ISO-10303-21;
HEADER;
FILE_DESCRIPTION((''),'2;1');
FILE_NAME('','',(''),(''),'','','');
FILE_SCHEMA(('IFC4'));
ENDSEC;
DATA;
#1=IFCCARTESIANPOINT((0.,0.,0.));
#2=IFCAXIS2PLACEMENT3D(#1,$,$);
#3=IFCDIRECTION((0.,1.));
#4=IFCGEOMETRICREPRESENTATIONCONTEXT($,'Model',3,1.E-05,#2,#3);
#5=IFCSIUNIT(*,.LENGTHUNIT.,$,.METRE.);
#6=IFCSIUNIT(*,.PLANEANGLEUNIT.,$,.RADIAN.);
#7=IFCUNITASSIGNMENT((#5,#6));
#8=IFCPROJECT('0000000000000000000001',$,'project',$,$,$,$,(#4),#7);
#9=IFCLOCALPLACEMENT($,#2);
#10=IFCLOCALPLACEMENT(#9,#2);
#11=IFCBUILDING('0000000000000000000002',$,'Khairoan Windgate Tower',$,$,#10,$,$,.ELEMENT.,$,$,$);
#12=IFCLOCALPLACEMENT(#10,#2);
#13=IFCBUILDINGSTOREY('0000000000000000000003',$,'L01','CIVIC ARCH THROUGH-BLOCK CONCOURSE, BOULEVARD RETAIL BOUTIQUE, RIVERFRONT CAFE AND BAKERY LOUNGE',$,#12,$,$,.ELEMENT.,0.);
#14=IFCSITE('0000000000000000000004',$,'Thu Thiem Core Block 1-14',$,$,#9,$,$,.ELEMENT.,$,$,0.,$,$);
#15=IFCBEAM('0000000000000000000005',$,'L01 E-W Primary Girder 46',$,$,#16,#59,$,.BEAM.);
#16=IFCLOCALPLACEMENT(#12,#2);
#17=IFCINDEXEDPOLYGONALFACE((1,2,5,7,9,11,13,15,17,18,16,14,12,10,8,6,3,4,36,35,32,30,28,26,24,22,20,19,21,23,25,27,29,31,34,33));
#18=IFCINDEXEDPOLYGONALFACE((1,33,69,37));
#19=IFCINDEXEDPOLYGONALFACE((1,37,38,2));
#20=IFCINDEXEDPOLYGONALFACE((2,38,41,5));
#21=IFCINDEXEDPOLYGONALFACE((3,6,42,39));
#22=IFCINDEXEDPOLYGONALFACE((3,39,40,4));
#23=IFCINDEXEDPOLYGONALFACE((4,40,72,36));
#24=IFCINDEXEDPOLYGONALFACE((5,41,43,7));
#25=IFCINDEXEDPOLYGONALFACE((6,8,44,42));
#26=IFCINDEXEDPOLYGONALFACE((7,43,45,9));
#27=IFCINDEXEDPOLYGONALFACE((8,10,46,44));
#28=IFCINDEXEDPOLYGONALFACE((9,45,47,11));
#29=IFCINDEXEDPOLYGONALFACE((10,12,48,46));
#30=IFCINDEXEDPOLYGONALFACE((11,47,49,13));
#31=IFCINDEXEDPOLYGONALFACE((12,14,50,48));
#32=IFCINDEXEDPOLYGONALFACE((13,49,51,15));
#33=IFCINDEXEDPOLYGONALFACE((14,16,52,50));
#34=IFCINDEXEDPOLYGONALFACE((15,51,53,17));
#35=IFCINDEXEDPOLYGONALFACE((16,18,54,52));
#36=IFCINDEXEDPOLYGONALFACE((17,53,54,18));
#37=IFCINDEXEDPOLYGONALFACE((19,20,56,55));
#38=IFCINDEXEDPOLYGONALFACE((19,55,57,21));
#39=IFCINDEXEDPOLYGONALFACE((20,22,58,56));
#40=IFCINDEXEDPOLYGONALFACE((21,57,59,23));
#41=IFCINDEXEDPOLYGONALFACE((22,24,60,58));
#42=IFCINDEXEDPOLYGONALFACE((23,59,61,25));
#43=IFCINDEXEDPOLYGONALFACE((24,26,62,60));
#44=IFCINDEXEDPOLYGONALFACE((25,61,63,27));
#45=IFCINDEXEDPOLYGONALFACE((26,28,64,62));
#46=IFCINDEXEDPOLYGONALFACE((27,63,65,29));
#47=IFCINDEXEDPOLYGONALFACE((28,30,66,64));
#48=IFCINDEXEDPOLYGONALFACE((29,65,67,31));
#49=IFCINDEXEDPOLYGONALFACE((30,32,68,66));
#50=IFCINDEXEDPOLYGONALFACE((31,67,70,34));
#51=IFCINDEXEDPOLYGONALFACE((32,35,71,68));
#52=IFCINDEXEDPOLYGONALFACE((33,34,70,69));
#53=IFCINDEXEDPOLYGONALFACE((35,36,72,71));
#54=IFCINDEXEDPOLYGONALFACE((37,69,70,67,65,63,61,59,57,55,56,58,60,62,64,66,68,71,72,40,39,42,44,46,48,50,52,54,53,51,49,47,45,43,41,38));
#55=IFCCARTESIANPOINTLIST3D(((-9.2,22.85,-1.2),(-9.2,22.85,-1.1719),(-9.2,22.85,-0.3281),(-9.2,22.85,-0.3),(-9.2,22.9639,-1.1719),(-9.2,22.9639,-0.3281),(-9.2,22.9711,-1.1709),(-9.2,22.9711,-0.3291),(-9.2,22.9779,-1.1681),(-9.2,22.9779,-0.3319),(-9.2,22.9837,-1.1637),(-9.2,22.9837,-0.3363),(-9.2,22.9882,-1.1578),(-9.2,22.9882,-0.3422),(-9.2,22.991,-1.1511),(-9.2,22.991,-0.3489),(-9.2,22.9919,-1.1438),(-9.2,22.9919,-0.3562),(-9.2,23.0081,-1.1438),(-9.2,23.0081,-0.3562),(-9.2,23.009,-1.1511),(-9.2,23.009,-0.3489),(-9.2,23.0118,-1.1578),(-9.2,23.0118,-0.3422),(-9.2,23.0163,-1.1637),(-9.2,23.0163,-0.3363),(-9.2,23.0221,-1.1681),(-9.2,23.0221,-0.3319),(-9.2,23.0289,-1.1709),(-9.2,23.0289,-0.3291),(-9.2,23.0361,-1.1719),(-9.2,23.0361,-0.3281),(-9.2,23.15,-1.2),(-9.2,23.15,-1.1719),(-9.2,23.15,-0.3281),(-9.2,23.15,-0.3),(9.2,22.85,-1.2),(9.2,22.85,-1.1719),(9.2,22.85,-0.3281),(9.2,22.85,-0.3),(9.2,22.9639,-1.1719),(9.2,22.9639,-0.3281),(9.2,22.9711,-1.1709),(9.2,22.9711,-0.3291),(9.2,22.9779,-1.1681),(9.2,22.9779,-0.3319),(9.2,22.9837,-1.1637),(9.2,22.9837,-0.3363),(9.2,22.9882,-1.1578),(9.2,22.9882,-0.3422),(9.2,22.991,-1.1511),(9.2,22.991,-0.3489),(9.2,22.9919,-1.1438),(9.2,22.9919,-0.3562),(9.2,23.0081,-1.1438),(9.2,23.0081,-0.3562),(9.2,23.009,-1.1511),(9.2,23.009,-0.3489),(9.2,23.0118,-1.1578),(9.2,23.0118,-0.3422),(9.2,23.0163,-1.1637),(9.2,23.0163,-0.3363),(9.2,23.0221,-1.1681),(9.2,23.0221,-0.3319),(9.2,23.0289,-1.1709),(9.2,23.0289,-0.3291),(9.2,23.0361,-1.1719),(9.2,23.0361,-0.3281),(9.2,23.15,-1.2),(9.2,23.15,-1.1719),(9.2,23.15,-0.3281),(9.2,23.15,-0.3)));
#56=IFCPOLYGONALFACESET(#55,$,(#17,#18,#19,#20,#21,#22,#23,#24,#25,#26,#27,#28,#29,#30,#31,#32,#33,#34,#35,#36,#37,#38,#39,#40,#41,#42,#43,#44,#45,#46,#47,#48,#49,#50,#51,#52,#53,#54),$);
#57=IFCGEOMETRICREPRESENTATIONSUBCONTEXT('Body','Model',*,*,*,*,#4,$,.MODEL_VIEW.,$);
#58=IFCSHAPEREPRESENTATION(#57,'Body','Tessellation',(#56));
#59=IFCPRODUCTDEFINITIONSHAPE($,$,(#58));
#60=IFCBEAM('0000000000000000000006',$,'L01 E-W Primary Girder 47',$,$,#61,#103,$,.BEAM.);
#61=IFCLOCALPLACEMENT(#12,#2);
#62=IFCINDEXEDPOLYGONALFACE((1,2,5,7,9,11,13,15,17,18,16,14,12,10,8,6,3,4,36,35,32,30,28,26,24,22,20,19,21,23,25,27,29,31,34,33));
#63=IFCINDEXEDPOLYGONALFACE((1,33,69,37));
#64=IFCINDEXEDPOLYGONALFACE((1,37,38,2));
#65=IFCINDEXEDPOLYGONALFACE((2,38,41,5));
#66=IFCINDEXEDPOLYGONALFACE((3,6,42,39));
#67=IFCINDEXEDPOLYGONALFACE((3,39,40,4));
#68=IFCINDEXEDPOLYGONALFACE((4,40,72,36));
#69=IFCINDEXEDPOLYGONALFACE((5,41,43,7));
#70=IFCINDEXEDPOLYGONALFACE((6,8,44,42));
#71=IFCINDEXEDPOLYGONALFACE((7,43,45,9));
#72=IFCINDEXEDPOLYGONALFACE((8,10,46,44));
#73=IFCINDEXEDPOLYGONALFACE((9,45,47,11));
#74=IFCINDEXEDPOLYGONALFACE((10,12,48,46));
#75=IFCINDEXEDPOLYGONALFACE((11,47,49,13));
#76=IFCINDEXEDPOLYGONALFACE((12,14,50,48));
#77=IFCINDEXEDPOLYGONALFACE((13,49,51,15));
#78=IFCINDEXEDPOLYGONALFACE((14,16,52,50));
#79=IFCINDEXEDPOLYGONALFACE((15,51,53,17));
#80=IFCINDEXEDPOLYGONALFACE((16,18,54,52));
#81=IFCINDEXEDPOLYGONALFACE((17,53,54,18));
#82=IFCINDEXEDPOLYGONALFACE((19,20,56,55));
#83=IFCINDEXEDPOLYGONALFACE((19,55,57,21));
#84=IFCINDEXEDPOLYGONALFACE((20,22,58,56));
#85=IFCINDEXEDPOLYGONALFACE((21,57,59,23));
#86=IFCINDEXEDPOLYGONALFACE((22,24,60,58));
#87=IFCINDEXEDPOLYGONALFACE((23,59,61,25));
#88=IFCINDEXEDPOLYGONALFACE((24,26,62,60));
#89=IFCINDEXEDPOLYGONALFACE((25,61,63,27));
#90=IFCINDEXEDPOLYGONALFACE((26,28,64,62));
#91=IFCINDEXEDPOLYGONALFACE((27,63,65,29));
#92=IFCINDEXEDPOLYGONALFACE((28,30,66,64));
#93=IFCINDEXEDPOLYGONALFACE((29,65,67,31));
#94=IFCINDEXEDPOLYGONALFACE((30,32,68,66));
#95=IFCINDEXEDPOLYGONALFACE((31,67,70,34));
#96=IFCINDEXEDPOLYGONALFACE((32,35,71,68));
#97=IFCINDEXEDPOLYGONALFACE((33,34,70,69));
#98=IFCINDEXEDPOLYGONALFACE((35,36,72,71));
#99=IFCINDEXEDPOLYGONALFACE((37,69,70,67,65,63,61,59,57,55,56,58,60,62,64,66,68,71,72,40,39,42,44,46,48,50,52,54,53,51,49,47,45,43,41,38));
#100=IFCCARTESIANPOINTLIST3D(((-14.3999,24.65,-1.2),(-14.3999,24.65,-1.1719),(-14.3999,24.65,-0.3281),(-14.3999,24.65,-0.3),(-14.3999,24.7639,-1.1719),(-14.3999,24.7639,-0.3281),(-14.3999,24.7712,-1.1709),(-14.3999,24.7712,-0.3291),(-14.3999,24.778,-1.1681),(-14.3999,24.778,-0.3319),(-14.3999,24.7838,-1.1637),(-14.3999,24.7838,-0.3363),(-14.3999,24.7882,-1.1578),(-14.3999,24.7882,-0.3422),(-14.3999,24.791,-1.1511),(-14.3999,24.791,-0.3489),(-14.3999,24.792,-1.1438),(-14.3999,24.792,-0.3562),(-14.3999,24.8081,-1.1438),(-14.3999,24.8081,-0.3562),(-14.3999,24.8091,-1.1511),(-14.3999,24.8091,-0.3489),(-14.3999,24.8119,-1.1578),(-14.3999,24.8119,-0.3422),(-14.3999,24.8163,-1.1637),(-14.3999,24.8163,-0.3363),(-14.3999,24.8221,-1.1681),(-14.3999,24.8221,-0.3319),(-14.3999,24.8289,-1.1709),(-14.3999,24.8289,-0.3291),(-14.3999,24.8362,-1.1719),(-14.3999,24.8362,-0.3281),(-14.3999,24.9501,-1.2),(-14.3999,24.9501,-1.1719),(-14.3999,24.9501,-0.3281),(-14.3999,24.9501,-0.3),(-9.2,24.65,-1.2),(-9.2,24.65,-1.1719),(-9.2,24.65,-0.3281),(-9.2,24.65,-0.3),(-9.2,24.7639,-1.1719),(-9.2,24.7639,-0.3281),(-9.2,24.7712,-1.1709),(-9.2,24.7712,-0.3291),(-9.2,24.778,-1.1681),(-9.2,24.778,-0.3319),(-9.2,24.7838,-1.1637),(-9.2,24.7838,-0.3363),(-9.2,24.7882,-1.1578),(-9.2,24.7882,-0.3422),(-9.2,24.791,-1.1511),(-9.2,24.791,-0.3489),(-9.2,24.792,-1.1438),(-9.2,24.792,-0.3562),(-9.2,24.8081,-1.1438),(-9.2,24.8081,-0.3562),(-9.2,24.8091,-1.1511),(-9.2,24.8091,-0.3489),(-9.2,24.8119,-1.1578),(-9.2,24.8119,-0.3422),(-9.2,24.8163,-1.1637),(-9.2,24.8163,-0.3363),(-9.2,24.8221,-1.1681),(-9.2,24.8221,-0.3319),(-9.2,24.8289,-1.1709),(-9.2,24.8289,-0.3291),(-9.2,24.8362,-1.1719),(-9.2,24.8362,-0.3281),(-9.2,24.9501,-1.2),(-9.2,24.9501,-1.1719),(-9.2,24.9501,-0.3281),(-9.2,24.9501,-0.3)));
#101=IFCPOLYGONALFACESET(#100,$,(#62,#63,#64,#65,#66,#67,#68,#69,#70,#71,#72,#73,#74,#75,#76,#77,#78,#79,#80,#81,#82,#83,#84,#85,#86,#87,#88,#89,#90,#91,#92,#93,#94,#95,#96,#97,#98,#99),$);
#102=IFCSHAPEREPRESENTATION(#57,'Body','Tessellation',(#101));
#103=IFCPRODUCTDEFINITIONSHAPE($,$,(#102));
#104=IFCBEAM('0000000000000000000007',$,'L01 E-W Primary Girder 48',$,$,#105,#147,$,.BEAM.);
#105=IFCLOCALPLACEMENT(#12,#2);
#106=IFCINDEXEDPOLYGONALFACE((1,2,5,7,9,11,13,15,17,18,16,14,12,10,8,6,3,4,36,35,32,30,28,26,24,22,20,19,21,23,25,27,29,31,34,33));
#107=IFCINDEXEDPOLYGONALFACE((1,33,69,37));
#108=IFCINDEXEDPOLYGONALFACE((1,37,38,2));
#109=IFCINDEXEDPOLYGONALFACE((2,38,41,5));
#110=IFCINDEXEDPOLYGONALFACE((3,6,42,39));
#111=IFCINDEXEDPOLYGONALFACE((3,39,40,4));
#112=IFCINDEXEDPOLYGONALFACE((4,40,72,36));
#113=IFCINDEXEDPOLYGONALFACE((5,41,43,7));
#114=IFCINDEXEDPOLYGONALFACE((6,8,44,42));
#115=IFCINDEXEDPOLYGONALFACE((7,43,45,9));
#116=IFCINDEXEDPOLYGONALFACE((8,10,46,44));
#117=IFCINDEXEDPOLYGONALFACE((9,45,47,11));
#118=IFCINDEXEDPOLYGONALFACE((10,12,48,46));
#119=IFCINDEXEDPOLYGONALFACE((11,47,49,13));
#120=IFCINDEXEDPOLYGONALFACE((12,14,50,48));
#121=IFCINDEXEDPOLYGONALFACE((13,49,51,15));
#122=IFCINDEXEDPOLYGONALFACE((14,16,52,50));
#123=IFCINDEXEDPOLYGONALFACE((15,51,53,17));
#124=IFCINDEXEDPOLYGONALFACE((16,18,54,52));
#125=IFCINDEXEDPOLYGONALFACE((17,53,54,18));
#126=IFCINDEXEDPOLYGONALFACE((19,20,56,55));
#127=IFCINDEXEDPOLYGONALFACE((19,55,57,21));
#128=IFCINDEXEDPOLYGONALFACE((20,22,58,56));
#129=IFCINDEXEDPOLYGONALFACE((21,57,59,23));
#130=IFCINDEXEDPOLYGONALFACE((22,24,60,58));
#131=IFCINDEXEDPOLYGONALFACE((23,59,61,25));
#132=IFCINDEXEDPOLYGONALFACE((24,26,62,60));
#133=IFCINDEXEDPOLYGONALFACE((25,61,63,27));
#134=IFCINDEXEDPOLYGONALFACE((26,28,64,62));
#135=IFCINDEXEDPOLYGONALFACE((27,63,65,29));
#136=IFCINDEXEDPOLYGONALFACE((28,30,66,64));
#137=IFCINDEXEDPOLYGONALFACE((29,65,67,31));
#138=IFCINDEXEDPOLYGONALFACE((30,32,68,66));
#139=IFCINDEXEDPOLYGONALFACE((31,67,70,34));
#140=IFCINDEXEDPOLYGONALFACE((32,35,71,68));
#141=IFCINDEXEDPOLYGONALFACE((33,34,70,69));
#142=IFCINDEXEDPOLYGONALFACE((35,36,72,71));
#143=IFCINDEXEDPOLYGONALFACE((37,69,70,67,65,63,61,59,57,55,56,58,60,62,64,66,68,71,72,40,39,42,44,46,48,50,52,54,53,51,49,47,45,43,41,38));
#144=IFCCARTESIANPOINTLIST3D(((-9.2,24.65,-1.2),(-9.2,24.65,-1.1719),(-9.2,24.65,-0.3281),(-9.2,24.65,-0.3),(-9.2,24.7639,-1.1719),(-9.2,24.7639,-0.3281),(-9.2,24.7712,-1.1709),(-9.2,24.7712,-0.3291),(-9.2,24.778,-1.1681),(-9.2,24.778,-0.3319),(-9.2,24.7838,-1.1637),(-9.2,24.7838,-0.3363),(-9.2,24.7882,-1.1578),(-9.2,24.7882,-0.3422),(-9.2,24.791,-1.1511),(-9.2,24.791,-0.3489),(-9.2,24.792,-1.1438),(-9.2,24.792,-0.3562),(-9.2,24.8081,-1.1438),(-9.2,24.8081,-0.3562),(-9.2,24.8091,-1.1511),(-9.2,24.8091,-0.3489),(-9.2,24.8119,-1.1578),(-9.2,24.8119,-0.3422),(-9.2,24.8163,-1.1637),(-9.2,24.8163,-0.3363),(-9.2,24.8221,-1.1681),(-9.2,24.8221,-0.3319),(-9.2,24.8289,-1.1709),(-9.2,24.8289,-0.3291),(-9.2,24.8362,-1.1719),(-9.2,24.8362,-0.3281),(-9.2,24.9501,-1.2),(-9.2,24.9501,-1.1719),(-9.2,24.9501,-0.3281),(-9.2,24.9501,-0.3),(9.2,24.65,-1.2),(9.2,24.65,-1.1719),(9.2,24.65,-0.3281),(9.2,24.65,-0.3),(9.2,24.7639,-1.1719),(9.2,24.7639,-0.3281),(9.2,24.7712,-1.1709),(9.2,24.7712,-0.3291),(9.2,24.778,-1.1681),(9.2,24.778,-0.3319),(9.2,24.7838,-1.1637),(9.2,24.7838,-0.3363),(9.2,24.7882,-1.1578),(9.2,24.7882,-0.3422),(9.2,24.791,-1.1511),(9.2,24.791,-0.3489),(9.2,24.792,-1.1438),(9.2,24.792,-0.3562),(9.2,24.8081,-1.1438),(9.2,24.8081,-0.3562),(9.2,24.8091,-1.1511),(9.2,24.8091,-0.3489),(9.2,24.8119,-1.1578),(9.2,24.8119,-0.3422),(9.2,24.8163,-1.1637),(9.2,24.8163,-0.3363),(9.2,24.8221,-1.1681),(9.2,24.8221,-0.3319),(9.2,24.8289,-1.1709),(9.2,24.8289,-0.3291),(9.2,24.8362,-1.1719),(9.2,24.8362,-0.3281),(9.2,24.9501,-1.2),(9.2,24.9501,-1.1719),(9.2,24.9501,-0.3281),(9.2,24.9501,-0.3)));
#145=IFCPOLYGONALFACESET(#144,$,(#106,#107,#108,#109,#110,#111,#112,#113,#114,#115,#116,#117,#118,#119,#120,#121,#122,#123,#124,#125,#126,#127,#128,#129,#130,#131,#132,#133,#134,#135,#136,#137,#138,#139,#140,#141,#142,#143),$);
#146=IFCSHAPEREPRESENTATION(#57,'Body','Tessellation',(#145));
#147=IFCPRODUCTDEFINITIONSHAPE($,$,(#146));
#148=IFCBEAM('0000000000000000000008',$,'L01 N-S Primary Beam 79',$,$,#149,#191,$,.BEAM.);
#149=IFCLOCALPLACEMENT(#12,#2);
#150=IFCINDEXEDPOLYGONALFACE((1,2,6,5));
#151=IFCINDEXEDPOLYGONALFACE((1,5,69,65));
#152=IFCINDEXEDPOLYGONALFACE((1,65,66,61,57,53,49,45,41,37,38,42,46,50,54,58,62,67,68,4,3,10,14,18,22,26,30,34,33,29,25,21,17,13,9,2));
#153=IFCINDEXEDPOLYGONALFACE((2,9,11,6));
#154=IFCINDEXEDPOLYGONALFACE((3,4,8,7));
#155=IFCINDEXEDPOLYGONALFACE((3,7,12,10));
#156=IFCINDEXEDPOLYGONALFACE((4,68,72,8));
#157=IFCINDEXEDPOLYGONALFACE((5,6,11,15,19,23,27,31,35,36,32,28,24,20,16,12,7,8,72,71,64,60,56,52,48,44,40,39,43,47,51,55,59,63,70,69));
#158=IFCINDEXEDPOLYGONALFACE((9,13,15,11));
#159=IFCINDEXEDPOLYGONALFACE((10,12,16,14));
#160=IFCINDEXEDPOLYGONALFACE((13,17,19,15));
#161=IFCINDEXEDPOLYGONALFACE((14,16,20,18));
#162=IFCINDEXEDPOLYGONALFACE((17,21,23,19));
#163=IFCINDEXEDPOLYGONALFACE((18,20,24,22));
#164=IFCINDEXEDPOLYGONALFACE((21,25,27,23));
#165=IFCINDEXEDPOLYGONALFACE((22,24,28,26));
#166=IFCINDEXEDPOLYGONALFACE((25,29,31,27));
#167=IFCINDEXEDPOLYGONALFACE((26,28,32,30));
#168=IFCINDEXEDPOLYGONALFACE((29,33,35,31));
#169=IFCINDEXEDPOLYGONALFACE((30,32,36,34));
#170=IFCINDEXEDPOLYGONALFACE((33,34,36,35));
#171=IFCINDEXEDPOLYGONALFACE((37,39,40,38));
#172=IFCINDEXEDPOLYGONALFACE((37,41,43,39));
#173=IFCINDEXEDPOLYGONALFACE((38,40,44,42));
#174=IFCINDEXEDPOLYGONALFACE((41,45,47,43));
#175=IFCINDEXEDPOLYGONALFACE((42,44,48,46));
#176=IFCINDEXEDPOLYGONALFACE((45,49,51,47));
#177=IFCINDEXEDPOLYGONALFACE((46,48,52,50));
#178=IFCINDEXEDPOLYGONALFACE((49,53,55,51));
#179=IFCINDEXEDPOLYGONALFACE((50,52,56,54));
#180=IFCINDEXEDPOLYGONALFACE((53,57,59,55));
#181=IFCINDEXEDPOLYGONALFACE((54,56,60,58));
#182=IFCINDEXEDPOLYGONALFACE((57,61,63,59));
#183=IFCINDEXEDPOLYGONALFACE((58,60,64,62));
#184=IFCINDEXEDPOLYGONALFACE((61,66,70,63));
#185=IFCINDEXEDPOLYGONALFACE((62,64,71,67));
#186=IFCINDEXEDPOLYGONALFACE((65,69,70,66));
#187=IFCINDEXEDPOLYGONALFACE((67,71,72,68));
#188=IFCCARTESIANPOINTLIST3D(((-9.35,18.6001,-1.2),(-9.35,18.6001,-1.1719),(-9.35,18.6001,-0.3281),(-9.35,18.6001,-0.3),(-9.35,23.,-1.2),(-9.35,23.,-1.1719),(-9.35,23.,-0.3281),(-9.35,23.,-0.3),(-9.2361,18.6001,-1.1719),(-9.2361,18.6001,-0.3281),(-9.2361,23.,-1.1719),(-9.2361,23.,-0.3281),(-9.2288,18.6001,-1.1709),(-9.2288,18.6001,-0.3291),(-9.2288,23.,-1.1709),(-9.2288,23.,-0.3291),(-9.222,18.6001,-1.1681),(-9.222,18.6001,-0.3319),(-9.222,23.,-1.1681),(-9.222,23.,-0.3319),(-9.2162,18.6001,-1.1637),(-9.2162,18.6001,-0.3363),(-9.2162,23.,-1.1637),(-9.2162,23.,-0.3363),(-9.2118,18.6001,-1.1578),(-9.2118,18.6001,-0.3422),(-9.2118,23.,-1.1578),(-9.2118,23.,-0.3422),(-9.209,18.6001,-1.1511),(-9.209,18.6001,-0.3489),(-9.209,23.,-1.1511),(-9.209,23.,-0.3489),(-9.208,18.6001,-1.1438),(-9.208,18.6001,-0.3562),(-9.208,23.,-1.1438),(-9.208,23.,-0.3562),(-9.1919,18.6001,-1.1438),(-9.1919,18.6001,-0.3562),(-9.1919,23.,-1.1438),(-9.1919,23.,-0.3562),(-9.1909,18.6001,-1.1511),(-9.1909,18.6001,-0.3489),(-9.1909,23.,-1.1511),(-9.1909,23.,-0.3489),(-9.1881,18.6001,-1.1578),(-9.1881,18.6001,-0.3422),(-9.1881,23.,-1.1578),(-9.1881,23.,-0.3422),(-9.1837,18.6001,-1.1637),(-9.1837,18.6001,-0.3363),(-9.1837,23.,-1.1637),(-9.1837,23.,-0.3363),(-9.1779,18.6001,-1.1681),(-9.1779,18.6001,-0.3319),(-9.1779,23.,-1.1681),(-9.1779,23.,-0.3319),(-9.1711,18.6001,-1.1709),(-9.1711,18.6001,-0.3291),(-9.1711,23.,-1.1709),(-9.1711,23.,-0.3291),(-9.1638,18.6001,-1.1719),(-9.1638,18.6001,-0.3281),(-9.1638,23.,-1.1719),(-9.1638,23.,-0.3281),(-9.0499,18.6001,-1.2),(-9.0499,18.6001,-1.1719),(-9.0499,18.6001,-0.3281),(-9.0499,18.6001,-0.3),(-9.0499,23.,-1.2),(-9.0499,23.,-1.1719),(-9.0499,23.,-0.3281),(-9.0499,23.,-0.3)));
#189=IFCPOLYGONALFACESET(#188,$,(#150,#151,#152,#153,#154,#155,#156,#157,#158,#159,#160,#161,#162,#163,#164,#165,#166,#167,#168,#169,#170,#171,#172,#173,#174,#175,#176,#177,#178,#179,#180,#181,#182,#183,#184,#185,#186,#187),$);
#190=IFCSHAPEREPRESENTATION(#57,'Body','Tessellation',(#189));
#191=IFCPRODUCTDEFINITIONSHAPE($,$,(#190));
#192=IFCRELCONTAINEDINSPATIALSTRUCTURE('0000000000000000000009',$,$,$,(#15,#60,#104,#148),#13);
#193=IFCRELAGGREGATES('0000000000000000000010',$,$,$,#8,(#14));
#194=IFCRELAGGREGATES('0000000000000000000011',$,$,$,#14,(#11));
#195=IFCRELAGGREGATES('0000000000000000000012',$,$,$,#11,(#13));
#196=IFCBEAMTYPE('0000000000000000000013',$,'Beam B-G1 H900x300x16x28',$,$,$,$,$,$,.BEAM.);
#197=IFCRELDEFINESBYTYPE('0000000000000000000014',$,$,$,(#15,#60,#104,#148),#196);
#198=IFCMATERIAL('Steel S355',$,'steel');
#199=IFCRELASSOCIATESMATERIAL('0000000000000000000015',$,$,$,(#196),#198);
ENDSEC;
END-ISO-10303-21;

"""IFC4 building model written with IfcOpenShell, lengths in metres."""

from ifc_helpers import new_model, si_unit, direction, frame, origin, origin_2d, place, context, subcontext, project, spatial, i_section, extrude, material, material_profile, profile_set, type_object, element, save


model = new_model("IFC4")

# Units and contexts
model_context = context("Model", 3, precision=1e-05, world=origin(), true_north=direction((0.0, 1.0)))
body_context = subcontext(model_context, "Body", "Model", "MODEL_VIEW")
ifc_project = project(units=[si_unit("LENGTHUNIT", "METRE"), si_unit("PLANEANGLEUNIT", "RADIAN")], contexts=[model_context])

# Site, building, storey
site_placement = place(None, origin())
site = spatial("IfcSite", under=ifc_project, at=site_placement, Name="Thu Thiem Core Block 1-14", CompositionType="ELEMENT", RefElevation=0.0)
building_placement = place(site_placement, origin())
building = spatial("IfcBuilding", under=site, at=building_placement, Name="Khairoan Windgate Tower", CompositionType="ELEMENT")
storey_placement = place(building_placement, origin())
storey = spatial("IfcBuildingStorey", under=building, at=storey_placement, Name="L01", Description="CIVIC ARCH THROUGH-BLOCK CONCOURSE, BOULEVARD RETAIL BOUTIQUE, RIVERFRONT CAFE AND BAKERY LOUNGE", CompositionType="ELEMENT", Elevation=0.0)

# Beams
ifc_material_1 = material(Name="Steel S355", Category="steel")
ifc_material_profile_1 = material_profile(ifc_material_1, i_section(OverallWidth=0.3, OverallDepth=0.8999, WebThickness=0.0161, FlangeThickness=0.0281, FilletRadius=0.0281, at=origin_2d()))
ifc_profile_set_1 = profile_set([ifc_material_profile_1], Name="Steel S355")
beam_type_1 = type_object("IfcBeamType", Name="Beam B-G1 H900x300x16x28", PredefinedType="BEAM", material=ifc_profile_set_1)
for number, where, z_axis, x_axis, name in (
    (1, (-9.2, 23.0, -0.75), (1.0, 0.0, 0.0), (0.0, 1.0, 0.0), "L01 E-W Primary Girder 46"),
):
    element("IfcBeam", number, at=place(storey_placement, frame(where, z_axis=z_axis, x_axis=x_axis)), inside=storey, type_object=beam_type_1, Name=name, PredefinedType="BEAM", context=body_context, shape_type="SweptSolid", body=[
        extrude(i_section(OverallWidth=0.3, OverallDepth=0.8999, WebThickness=0.0161, FlangeThickness=0.0281, FilletRadius=0.0281, at=origin_2d()), origin(), (0.0, 0.0, 1.0), 18.3999),
    ])
beam_1_placement = place(storey_placement, frame((-14.3999, 24.8, -0.75), z_axis=(1.0, 0.0, 0.0), x_axis=(0.0, 1.0, 0.0)))
element("IfcBeam", 2, at=beam_1_placement, inside=storey, type_object=beam_type_1, Name="L01 E-W Primary Girder 47", PredefinedType="BEAM", context=body_context, shape_type="SweptSolid", body=[
    extrude(i_section(OverallWidth=0.3, OverallDepth=0.8999, WebThickness=0.0161, FlangeThickness=0.0281, FilletRadius=0.0281, at=origin_2d()), origin(), (0.0, 0.0, 1.0), 5.2),
])
beam_2_placement = place(storey_placement, frame((-9.2, 24.8, -0.75), z_axis=(1.0, 0.0, 0.0), x_axis=(0.0, 1.0, 0.0)))
element("IfcBeam", 3, at=beam_2_placement, inside=storey, type_object=beam_type_1, Name="L01 E-W Primary Girder 48", PredefinedType="BEAM", context=body_context, shape_type="SweptSolid", body=[
    extrude(i_section(OverallWidth=0.3, OverallDepth=0.8999, WebThickness=0.0161, FlangeThickness=0.0281, FilletRadius=0.0281, at=origin_2d()), origin(), (0.0, 0.0, 1.0), 18.3999),
])
beam_3_placement = place(storey_placement, frame((-9.2, 18.6001, -0.75), z_axis=(0.0, 1.0, 0.0), x_axis=(-1.0, 0.0, 0.0)))
element("IfcBeam", 4, at=beam_3_placement, inside=storey, type_object=beam_type_1, Name="L01 N-S Primary Beam 79", PredefinedType="BEAM", context=body_context, shape_type="SweptSolid", body=[
    extrude(i_section(OverallWidth=0.3, OverallDepth=0.8999, WebThickness=0.0161, FlangeThickness=0.0281, FilletRadius=0.0281, at=origin_2d()), origin(), (0.0, 0.0, 1.0), 4.3999),
])

save(model, "model.ifc")
